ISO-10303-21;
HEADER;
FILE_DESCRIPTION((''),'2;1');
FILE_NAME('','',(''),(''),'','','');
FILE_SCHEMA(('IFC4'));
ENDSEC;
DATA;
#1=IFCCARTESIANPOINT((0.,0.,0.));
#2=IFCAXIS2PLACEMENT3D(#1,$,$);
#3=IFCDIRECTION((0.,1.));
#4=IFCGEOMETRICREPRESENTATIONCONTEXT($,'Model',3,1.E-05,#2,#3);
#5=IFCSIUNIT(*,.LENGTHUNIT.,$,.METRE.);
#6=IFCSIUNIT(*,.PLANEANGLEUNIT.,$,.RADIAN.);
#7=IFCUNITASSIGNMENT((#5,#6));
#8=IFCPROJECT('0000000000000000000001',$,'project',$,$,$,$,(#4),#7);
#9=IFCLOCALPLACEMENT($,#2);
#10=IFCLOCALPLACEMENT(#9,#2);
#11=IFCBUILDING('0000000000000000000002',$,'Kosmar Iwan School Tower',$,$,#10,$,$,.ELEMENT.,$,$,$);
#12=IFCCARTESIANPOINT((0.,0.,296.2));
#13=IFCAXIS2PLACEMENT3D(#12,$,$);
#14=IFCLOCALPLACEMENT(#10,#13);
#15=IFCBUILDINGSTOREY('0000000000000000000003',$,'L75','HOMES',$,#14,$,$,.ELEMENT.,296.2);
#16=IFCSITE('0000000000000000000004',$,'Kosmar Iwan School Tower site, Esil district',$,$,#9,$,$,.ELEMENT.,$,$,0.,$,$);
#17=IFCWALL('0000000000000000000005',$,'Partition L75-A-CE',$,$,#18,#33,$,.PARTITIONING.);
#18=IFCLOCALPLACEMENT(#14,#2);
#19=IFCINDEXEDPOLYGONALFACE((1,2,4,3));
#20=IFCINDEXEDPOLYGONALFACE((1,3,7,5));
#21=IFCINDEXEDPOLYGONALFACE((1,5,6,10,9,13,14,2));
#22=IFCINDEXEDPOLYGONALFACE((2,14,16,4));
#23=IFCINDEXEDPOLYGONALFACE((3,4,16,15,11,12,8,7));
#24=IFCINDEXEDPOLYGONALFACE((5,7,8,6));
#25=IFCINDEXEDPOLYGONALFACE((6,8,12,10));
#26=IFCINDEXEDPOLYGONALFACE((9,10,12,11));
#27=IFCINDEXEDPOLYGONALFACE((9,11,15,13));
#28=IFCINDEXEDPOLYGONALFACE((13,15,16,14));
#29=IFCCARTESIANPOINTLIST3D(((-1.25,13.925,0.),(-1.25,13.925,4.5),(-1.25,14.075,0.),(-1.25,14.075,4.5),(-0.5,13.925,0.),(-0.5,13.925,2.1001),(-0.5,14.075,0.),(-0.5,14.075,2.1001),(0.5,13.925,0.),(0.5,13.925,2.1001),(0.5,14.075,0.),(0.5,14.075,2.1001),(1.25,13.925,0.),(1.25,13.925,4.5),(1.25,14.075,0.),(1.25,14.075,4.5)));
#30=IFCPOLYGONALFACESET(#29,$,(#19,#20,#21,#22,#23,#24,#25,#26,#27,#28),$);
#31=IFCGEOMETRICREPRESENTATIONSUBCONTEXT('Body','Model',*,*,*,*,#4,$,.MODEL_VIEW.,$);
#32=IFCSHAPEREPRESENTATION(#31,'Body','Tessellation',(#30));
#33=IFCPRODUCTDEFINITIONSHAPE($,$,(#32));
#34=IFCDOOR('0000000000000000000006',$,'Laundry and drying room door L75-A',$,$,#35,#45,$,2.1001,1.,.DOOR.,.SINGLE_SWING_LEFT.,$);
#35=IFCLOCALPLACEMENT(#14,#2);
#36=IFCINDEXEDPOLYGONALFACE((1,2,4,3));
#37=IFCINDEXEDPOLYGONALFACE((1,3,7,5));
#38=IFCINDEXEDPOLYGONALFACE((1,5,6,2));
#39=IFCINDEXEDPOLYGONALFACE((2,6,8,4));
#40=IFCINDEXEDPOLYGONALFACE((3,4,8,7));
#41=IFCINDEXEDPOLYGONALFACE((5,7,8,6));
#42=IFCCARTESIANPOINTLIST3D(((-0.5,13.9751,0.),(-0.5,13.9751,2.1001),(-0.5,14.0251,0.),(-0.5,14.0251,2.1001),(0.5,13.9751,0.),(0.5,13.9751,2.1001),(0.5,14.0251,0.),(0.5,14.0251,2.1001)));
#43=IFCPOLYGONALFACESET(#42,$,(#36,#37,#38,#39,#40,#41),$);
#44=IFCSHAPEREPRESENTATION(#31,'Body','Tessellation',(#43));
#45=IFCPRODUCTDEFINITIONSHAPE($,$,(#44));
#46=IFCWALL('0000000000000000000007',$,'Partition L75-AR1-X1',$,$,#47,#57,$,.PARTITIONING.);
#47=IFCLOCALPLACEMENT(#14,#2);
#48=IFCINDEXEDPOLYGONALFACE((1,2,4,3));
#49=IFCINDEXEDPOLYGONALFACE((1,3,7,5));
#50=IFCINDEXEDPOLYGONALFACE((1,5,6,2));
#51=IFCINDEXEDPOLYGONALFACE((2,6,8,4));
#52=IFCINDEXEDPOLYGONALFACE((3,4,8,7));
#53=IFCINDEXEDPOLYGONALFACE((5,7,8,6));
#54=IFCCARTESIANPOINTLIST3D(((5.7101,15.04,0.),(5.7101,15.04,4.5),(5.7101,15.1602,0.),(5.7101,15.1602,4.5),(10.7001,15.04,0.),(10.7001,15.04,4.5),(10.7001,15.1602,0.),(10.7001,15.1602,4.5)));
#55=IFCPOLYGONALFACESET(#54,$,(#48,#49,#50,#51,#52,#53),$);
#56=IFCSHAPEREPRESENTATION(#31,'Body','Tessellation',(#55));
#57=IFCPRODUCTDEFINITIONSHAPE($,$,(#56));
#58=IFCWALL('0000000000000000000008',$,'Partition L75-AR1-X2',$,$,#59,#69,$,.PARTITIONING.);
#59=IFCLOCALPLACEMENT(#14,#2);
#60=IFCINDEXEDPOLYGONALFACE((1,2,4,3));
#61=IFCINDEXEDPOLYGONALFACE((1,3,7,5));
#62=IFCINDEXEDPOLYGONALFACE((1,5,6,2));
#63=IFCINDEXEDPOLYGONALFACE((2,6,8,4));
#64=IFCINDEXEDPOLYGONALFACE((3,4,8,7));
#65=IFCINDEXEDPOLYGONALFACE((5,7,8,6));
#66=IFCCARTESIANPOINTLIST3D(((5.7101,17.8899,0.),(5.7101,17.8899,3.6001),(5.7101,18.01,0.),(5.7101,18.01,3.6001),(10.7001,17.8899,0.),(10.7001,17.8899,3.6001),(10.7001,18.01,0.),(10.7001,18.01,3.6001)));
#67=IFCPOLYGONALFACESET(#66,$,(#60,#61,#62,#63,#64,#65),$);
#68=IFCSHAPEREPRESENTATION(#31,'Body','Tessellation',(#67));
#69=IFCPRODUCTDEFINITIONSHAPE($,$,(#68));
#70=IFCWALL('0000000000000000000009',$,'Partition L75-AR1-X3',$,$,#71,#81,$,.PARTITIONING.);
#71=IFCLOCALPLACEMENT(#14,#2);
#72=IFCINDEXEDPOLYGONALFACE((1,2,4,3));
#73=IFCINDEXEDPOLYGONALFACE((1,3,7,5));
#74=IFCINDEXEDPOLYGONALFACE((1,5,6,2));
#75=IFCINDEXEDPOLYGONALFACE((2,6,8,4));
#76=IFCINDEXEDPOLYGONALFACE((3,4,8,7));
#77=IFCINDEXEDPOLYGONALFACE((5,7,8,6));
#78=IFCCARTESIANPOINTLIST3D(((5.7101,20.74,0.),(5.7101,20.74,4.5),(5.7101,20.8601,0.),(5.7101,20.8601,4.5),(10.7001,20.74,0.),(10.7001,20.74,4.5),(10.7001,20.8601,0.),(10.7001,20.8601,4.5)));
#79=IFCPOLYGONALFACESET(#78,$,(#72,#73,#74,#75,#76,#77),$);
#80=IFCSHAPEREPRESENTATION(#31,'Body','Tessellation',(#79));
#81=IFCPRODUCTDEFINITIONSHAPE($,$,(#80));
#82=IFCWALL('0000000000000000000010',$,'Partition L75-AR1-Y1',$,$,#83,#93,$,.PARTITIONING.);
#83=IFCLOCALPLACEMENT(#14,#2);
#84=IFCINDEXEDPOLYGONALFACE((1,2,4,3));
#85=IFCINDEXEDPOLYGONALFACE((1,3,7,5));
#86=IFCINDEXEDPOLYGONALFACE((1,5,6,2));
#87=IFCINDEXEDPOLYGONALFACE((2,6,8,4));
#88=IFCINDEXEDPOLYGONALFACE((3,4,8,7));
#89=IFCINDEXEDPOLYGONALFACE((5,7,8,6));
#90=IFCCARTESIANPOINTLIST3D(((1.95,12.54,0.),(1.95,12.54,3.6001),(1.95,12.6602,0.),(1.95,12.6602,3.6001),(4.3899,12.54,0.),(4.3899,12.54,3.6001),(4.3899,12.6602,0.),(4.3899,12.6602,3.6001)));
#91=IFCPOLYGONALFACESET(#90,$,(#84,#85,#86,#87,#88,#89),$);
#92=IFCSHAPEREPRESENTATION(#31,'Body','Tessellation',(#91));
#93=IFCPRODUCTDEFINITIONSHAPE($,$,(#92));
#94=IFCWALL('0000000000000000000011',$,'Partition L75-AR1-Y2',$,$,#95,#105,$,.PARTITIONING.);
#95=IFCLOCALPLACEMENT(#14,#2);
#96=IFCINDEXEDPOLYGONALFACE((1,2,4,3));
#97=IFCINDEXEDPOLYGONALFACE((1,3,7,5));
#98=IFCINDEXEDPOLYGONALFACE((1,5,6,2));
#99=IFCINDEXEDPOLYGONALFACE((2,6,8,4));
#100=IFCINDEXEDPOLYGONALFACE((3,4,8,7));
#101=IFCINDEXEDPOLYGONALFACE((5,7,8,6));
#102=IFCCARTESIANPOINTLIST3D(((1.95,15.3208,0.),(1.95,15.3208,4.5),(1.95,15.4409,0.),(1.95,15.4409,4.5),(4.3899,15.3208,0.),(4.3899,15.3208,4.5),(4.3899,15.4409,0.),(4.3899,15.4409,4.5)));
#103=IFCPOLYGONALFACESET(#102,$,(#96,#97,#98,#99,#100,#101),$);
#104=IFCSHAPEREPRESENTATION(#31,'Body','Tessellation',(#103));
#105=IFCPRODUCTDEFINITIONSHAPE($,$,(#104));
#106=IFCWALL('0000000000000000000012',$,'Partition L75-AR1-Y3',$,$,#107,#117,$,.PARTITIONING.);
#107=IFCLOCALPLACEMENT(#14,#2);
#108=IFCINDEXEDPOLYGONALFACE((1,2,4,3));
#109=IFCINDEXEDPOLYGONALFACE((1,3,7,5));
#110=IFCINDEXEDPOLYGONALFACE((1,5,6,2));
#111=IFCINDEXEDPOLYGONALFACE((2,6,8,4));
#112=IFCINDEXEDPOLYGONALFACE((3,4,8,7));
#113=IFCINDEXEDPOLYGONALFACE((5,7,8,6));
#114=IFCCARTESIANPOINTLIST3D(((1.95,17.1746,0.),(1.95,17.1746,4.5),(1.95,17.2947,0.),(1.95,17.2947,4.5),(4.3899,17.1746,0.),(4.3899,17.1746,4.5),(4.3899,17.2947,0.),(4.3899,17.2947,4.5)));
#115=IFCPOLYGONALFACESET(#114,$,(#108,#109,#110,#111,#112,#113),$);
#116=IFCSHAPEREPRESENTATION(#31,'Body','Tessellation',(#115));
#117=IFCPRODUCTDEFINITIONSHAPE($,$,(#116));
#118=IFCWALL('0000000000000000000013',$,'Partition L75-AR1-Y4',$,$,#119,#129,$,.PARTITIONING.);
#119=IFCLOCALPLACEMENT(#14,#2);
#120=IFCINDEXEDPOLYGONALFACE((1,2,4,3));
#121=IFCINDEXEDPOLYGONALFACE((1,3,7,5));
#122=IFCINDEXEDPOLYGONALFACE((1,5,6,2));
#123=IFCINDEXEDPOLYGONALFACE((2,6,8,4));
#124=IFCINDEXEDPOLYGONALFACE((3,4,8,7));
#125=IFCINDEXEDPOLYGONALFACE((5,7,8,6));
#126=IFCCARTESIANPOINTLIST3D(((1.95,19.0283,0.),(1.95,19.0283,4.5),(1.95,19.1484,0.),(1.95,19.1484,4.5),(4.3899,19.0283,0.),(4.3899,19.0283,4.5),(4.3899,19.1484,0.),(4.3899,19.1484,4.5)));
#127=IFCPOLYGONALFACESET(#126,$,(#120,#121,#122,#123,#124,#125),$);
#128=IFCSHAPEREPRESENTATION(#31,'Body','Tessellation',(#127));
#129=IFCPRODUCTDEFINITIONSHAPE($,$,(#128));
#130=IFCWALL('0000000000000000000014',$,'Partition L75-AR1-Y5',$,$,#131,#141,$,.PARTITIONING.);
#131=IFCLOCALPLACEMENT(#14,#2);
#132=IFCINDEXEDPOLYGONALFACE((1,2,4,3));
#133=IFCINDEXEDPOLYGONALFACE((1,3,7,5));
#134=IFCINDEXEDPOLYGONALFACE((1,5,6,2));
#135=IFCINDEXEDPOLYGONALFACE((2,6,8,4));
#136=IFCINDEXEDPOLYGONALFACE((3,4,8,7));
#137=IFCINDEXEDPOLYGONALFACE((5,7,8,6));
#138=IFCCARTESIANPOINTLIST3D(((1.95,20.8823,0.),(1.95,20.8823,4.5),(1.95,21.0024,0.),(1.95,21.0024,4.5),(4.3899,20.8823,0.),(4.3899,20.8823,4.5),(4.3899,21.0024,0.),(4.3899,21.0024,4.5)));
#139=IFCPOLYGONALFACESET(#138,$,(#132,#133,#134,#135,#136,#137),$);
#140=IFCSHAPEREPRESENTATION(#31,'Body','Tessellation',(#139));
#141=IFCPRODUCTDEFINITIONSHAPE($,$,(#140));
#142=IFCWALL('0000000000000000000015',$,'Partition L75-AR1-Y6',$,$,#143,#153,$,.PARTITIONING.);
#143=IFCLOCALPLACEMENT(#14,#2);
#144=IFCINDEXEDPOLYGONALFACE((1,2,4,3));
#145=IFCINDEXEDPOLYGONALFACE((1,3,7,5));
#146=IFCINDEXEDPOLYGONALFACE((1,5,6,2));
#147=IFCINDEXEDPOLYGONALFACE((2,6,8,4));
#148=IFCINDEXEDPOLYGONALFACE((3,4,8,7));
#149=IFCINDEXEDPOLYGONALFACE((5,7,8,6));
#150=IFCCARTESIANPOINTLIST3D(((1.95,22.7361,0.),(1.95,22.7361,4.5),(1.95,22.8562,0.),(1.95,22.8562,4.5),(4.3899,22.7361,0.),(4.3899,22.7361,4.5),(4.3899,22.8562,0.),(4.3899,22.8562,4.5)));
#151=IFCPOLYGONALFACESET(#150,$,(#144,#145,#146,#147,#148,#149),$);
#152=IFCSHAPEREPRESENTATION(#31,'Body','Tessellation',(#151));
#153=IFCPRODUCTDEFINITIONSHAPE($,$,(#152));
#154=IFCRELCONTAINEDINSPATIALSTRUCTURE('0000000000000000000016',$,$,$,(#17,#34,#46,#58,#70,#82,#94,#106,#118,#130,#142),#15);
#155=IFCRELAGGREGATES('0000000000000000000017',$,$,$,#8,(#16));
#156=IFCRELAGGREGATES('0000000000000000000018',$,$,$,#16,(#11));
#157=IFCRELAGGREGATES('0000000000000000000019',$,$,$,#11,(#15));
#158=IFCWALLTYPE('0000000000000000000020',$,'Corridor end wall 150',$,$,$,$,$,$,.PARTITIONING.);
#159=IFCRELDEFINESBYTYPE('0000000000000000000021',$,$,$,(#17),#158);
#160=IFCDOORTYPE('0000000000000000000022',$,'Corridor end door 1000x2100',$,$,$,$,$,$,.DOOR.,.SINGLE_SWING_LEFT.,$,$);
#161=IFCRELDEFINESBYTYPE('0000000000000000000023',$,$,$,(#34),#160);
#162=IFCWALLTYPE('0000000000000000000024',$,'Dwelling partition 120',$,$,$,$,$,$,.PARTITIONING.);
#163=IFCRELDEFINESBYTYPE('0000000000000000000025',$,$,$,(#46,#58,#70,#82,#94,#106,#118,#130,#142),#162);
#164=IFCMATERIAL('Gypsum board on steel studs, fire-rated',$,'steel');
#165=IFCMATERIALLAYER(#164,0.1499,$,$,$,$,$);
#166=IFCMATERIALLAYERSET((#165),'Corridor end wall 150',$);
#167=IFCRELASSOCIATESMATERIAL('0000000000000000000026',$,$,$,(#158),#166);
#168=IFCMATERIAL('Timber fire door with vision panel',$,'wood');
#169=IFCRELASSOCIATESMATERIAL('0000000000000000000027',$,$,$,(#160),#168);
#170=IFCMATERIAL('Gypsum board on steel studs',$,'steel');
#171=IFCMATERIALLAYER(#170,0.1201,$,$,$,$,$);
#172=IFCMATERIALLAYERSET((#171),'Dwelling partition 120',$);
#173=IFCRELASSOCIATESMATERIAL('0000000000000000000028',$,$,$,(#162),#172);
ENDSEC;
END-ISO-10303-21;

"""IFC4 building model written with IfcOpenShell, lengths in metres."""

from ifc_helpers import new_model, si_unit, direction, frame, frame_2d, origin, place, context, subcontext, project, spatial, rectangle, extrude, material, layer, layer_set, type_object, element, fill, save


model = new_model("IFC4")

# Units and contexts
model_context = context("Model", 3, precision=1e-05, world=origin(), true_north=direction((0.0, 1.0)))
body_context = subcontext(model_context, "Body", "Model", "MODEL_VIEW")
ifc_project = project(units=[si_unit("LENGTHUNIT", "METRE"), si_unit("PLANEANGLEUNIT", "RADIAN")], contexts=[model_context])

# Site, building, storey
site_placement = place(None, origin())
site = spatial("IfcSite", under=ifc_project, at=site_placement, Name="Kosmar Iwan School Tower site, Esil district", CompositionType="ELEMENT", RefElevation=0.0)
building_placement = place(site_placement, origin())
building = spatial("IfcBuilding", under=site, at=building_placement, Name="Kosmar Iwan School Tower", CompositionType="ELEMENT")
storey_placement = place(building_placement, frame((0.0, 0.0, 296.2)))
storey = spatial("IfcBuildingStorey", under=building, at=storey_placement, Name="L75", Description="HOMES", CompositionType="ELEMENT", Elevation=296.2)

# Wall, opening, door
ifc_material_1 = material(Name="Gypsum board on steel studs, fire-rated", Category="steel")
ifc_layer_1 = layer(ifc_material_1, 0.1499)
ifc_layer_set_1 = layer_set([ifc_layer_1], Name="Corridor end wall 150")
wall_type_1 = type_object("IfcWallType", Name="Corridor end wall 150", PredefinedType="PARTITIONING", material=ifc_layer_set_1)
wall_1_placement = place(storey_placement, frame((1.25, 14.0, 0.0), z_axis=(0.0, 0.0, 1.0), x_axis=(-1.0, 0.0, 0.0)))
wall_1 = element("IfcWall", 1, at=wall_1_placement, inside=storey, type_object=wall_type_1, Name="Partition L75-A-CE", PredefinedType="PARTITIONING", context=body_context, shape_type="SweptSolid", body=[
    extrude(rectangle(XDim=2.5, YDim=0.1499, at=frame_2d((1.25, 0.0))), origin(), (0.0, 0.0, 1.0), 4.5),
])
opening_placement = place(wall_1_placement, frame((0.75, 0.0, 0.0)))
opening = element("IfcOpeningElement", 2, at=opening_placement, cuts=wall_1, PredefinedType="OPENING", context=body_context, shape_type="SweptSolid", body=[
    extrude(rectangle(XDim=1.0, YDim=2.1001, at=frame_2d((0.5, 1.05))), frame((0.0, 0.0869, 0.0), z_axis=(0.0, -1.0, 0.0), x_axis=(1.0, 0.0, 0.0)), (0.0, 0.0, 1.0), 0.1738),
])
ifc_material_2 = material(Name="Timber fire door with vision panel", Category="wood")
door_type = type_object("IfcDoorType", Name="Corridor end door 1000x2100", OperationType="SINGLE_SWING_LEFT", PredefinedType="DOOR", material=ifc_material_2)
door_placement = place(opening_placement, origin())
door = element("IfcDoor", 3, at=door_placement, inside=storey, type_object=door_type, Name="Laundry and drying room door L75-A", OperationType="SINGLE_SWING_LEFT", OverallHeight=2.1001, OverallWidth=1.0, PredefinedType="DOOR", context=body_context, shape_type="SweptSolid", body=[
    extrude(rectangle(XDim=1.0, YDim=2.1001, at=frame_2d((0.5, 1.05))), frame((0.0, 0.0249, 0.0), z_axis=(0.0, -1.0, 0.0), x_axis=(1.0, 0.0, 0.0)), (0.0, 0.0, 1.0), 0.05),
])
fill(opening, door)

# Walls
ifc_material_3 = material(Name="Gypsum board on steel studs", Category="steel")
ifc_layer_2 = layer(ifc_material_3, 0.1201)
ifc_layer_set_2 = layer_set([ifc_layer_2], Name="Dwelling partition 120")
wall_type_2 = type_object("IfcWallType", Name="Dwelling partition 120", PredefinedType="PARTITIONING", material=ifc_layer_set_2)
wall_2_placement = place(storey_placement, frame((5.71, 15.1001, 0.0), z_axis=(0.0, 0.0, 1.0), x_axis=(1.0, 0.0, 0.0)))
element("IfcWall", 4, at=wall_2_placement, inside=storey, type_object=wall_type_2, Name="Partition L75-AR1-X1", PredefinedType="PARTITIONING", context=body_context, shape_type="SweptSolid", body=[
    extrude(rectangle(XDim=4.99, YDim=0.1201, at=frame_2d((2.4951, 0.0))), origin(), (0.0, 0.0, 1.0), 4.5),
])
wall_3_placement = place(storey_placement, frame((5.71, 17.95, 0.0), z_axis=(0.0, 0.0, 1.0), x_axis=(1.0, 0.0, 0.0)))
element("IfcWall", 5, at=wall_3_placement, inside=storey, type_object=wall_type_2, Name="Partition L75-AR1-X2", PredefinedType="PARTITIONING", context=body_context, shape_type="SweptSolid", body=[
    extrude(rectangle(XDim=4.99, YDim=0.1201, at=frame_2d((2.4951, 0.0))), origin(), (0.0, 0.0, 1.0), 3.6001),
])
wall_4_placement = place(storey_placement, frame((5.71, 20.8, 0.0), z_axis=(0.0, 0.0, 1.0), x_axis=(1.0, 0.0, 0.0)))
element("IfcWall", 6, at=wall_4_placement, inside=storey, type_object=wall_type_2, Name="Partition L75-AR1-X3", PredefinedType="PARTITIONING", context=body_context, shape_type="SweptSolid", body=[
    extrude(rectangle(XDim=4.99, YDim=0.1201, at=frame_2d((2.4951, 0.0))), origin(), (0.0, 0.0, 1.0), 4.5),
])
wall_5_placement = place(storey_placement, frame((1.95, 12.6001, 0.0), z_axis=(0.0, 0.0, 1.0), x_axis=(1.0, 0.0, 0.0)))
element("IfcWall", 7, at=wall_5_placement, inside=storey, type_object=wall_type_2, Name="Partition L75-AR1-Y1", PredefinedType="PARTITIONING", context=body_context, shape_type="SweptSolid", body=[
    extrude(rectangle(XDim=2.4399, YDim=0.1201, at=frame_2d((1.22, 0.0))), origin(), (0.0, 0.0, 1.0), 3.6001),
])
for number, where, z_axis, x_axis, name in (
    (8, (1.95, 15.3809, 0.0), (0.0, 0.0, 1.0), (1.0, 0.0, 0.0), "Partition L75-AR1-Y2"),
    (9, (1.95, 17.2346, 0.0), (0.0, 0.0, 1.0), (1.0, 0.0, 0.0), "Partition L75-AR1-Y3"),
    (10, (1.95, 19.0884, 0.0), (0.0, 0.0, 1.0), (1.0, 0.0, 0.0), "Partition L75-AR1-Y4"),
    (11, (1.95, 20.9424, 0.0), (0.0, 0.0, 1.0), (1.0, 0.0, 0.0), "Partition L75-AR1-Y5"),
    (12, (1.95, 22.7961, 0.0), (0.0, 0.0, 1.0), (1.0, 0.0, 0.0), "Partition L75-AR1-Y6"),
):
    element("IfcWall", number, at=place(storey_placement, frame(where, z_axis=z_axis, x_axis=x_axis)), inside=storey, type_object=wall_type_2, Name=name, PredefinedType="PARTITIONING", context=body_context, shape_type="SweptSolid", body=[
        extrude(rectangle(XDim=2.4399, YDim=0.1201, at=frame_2d((1.22, 0.0))), origin(), (0.0, 0.0, 1.0), 4.5),
    ])

save(model, "model.ifc")
